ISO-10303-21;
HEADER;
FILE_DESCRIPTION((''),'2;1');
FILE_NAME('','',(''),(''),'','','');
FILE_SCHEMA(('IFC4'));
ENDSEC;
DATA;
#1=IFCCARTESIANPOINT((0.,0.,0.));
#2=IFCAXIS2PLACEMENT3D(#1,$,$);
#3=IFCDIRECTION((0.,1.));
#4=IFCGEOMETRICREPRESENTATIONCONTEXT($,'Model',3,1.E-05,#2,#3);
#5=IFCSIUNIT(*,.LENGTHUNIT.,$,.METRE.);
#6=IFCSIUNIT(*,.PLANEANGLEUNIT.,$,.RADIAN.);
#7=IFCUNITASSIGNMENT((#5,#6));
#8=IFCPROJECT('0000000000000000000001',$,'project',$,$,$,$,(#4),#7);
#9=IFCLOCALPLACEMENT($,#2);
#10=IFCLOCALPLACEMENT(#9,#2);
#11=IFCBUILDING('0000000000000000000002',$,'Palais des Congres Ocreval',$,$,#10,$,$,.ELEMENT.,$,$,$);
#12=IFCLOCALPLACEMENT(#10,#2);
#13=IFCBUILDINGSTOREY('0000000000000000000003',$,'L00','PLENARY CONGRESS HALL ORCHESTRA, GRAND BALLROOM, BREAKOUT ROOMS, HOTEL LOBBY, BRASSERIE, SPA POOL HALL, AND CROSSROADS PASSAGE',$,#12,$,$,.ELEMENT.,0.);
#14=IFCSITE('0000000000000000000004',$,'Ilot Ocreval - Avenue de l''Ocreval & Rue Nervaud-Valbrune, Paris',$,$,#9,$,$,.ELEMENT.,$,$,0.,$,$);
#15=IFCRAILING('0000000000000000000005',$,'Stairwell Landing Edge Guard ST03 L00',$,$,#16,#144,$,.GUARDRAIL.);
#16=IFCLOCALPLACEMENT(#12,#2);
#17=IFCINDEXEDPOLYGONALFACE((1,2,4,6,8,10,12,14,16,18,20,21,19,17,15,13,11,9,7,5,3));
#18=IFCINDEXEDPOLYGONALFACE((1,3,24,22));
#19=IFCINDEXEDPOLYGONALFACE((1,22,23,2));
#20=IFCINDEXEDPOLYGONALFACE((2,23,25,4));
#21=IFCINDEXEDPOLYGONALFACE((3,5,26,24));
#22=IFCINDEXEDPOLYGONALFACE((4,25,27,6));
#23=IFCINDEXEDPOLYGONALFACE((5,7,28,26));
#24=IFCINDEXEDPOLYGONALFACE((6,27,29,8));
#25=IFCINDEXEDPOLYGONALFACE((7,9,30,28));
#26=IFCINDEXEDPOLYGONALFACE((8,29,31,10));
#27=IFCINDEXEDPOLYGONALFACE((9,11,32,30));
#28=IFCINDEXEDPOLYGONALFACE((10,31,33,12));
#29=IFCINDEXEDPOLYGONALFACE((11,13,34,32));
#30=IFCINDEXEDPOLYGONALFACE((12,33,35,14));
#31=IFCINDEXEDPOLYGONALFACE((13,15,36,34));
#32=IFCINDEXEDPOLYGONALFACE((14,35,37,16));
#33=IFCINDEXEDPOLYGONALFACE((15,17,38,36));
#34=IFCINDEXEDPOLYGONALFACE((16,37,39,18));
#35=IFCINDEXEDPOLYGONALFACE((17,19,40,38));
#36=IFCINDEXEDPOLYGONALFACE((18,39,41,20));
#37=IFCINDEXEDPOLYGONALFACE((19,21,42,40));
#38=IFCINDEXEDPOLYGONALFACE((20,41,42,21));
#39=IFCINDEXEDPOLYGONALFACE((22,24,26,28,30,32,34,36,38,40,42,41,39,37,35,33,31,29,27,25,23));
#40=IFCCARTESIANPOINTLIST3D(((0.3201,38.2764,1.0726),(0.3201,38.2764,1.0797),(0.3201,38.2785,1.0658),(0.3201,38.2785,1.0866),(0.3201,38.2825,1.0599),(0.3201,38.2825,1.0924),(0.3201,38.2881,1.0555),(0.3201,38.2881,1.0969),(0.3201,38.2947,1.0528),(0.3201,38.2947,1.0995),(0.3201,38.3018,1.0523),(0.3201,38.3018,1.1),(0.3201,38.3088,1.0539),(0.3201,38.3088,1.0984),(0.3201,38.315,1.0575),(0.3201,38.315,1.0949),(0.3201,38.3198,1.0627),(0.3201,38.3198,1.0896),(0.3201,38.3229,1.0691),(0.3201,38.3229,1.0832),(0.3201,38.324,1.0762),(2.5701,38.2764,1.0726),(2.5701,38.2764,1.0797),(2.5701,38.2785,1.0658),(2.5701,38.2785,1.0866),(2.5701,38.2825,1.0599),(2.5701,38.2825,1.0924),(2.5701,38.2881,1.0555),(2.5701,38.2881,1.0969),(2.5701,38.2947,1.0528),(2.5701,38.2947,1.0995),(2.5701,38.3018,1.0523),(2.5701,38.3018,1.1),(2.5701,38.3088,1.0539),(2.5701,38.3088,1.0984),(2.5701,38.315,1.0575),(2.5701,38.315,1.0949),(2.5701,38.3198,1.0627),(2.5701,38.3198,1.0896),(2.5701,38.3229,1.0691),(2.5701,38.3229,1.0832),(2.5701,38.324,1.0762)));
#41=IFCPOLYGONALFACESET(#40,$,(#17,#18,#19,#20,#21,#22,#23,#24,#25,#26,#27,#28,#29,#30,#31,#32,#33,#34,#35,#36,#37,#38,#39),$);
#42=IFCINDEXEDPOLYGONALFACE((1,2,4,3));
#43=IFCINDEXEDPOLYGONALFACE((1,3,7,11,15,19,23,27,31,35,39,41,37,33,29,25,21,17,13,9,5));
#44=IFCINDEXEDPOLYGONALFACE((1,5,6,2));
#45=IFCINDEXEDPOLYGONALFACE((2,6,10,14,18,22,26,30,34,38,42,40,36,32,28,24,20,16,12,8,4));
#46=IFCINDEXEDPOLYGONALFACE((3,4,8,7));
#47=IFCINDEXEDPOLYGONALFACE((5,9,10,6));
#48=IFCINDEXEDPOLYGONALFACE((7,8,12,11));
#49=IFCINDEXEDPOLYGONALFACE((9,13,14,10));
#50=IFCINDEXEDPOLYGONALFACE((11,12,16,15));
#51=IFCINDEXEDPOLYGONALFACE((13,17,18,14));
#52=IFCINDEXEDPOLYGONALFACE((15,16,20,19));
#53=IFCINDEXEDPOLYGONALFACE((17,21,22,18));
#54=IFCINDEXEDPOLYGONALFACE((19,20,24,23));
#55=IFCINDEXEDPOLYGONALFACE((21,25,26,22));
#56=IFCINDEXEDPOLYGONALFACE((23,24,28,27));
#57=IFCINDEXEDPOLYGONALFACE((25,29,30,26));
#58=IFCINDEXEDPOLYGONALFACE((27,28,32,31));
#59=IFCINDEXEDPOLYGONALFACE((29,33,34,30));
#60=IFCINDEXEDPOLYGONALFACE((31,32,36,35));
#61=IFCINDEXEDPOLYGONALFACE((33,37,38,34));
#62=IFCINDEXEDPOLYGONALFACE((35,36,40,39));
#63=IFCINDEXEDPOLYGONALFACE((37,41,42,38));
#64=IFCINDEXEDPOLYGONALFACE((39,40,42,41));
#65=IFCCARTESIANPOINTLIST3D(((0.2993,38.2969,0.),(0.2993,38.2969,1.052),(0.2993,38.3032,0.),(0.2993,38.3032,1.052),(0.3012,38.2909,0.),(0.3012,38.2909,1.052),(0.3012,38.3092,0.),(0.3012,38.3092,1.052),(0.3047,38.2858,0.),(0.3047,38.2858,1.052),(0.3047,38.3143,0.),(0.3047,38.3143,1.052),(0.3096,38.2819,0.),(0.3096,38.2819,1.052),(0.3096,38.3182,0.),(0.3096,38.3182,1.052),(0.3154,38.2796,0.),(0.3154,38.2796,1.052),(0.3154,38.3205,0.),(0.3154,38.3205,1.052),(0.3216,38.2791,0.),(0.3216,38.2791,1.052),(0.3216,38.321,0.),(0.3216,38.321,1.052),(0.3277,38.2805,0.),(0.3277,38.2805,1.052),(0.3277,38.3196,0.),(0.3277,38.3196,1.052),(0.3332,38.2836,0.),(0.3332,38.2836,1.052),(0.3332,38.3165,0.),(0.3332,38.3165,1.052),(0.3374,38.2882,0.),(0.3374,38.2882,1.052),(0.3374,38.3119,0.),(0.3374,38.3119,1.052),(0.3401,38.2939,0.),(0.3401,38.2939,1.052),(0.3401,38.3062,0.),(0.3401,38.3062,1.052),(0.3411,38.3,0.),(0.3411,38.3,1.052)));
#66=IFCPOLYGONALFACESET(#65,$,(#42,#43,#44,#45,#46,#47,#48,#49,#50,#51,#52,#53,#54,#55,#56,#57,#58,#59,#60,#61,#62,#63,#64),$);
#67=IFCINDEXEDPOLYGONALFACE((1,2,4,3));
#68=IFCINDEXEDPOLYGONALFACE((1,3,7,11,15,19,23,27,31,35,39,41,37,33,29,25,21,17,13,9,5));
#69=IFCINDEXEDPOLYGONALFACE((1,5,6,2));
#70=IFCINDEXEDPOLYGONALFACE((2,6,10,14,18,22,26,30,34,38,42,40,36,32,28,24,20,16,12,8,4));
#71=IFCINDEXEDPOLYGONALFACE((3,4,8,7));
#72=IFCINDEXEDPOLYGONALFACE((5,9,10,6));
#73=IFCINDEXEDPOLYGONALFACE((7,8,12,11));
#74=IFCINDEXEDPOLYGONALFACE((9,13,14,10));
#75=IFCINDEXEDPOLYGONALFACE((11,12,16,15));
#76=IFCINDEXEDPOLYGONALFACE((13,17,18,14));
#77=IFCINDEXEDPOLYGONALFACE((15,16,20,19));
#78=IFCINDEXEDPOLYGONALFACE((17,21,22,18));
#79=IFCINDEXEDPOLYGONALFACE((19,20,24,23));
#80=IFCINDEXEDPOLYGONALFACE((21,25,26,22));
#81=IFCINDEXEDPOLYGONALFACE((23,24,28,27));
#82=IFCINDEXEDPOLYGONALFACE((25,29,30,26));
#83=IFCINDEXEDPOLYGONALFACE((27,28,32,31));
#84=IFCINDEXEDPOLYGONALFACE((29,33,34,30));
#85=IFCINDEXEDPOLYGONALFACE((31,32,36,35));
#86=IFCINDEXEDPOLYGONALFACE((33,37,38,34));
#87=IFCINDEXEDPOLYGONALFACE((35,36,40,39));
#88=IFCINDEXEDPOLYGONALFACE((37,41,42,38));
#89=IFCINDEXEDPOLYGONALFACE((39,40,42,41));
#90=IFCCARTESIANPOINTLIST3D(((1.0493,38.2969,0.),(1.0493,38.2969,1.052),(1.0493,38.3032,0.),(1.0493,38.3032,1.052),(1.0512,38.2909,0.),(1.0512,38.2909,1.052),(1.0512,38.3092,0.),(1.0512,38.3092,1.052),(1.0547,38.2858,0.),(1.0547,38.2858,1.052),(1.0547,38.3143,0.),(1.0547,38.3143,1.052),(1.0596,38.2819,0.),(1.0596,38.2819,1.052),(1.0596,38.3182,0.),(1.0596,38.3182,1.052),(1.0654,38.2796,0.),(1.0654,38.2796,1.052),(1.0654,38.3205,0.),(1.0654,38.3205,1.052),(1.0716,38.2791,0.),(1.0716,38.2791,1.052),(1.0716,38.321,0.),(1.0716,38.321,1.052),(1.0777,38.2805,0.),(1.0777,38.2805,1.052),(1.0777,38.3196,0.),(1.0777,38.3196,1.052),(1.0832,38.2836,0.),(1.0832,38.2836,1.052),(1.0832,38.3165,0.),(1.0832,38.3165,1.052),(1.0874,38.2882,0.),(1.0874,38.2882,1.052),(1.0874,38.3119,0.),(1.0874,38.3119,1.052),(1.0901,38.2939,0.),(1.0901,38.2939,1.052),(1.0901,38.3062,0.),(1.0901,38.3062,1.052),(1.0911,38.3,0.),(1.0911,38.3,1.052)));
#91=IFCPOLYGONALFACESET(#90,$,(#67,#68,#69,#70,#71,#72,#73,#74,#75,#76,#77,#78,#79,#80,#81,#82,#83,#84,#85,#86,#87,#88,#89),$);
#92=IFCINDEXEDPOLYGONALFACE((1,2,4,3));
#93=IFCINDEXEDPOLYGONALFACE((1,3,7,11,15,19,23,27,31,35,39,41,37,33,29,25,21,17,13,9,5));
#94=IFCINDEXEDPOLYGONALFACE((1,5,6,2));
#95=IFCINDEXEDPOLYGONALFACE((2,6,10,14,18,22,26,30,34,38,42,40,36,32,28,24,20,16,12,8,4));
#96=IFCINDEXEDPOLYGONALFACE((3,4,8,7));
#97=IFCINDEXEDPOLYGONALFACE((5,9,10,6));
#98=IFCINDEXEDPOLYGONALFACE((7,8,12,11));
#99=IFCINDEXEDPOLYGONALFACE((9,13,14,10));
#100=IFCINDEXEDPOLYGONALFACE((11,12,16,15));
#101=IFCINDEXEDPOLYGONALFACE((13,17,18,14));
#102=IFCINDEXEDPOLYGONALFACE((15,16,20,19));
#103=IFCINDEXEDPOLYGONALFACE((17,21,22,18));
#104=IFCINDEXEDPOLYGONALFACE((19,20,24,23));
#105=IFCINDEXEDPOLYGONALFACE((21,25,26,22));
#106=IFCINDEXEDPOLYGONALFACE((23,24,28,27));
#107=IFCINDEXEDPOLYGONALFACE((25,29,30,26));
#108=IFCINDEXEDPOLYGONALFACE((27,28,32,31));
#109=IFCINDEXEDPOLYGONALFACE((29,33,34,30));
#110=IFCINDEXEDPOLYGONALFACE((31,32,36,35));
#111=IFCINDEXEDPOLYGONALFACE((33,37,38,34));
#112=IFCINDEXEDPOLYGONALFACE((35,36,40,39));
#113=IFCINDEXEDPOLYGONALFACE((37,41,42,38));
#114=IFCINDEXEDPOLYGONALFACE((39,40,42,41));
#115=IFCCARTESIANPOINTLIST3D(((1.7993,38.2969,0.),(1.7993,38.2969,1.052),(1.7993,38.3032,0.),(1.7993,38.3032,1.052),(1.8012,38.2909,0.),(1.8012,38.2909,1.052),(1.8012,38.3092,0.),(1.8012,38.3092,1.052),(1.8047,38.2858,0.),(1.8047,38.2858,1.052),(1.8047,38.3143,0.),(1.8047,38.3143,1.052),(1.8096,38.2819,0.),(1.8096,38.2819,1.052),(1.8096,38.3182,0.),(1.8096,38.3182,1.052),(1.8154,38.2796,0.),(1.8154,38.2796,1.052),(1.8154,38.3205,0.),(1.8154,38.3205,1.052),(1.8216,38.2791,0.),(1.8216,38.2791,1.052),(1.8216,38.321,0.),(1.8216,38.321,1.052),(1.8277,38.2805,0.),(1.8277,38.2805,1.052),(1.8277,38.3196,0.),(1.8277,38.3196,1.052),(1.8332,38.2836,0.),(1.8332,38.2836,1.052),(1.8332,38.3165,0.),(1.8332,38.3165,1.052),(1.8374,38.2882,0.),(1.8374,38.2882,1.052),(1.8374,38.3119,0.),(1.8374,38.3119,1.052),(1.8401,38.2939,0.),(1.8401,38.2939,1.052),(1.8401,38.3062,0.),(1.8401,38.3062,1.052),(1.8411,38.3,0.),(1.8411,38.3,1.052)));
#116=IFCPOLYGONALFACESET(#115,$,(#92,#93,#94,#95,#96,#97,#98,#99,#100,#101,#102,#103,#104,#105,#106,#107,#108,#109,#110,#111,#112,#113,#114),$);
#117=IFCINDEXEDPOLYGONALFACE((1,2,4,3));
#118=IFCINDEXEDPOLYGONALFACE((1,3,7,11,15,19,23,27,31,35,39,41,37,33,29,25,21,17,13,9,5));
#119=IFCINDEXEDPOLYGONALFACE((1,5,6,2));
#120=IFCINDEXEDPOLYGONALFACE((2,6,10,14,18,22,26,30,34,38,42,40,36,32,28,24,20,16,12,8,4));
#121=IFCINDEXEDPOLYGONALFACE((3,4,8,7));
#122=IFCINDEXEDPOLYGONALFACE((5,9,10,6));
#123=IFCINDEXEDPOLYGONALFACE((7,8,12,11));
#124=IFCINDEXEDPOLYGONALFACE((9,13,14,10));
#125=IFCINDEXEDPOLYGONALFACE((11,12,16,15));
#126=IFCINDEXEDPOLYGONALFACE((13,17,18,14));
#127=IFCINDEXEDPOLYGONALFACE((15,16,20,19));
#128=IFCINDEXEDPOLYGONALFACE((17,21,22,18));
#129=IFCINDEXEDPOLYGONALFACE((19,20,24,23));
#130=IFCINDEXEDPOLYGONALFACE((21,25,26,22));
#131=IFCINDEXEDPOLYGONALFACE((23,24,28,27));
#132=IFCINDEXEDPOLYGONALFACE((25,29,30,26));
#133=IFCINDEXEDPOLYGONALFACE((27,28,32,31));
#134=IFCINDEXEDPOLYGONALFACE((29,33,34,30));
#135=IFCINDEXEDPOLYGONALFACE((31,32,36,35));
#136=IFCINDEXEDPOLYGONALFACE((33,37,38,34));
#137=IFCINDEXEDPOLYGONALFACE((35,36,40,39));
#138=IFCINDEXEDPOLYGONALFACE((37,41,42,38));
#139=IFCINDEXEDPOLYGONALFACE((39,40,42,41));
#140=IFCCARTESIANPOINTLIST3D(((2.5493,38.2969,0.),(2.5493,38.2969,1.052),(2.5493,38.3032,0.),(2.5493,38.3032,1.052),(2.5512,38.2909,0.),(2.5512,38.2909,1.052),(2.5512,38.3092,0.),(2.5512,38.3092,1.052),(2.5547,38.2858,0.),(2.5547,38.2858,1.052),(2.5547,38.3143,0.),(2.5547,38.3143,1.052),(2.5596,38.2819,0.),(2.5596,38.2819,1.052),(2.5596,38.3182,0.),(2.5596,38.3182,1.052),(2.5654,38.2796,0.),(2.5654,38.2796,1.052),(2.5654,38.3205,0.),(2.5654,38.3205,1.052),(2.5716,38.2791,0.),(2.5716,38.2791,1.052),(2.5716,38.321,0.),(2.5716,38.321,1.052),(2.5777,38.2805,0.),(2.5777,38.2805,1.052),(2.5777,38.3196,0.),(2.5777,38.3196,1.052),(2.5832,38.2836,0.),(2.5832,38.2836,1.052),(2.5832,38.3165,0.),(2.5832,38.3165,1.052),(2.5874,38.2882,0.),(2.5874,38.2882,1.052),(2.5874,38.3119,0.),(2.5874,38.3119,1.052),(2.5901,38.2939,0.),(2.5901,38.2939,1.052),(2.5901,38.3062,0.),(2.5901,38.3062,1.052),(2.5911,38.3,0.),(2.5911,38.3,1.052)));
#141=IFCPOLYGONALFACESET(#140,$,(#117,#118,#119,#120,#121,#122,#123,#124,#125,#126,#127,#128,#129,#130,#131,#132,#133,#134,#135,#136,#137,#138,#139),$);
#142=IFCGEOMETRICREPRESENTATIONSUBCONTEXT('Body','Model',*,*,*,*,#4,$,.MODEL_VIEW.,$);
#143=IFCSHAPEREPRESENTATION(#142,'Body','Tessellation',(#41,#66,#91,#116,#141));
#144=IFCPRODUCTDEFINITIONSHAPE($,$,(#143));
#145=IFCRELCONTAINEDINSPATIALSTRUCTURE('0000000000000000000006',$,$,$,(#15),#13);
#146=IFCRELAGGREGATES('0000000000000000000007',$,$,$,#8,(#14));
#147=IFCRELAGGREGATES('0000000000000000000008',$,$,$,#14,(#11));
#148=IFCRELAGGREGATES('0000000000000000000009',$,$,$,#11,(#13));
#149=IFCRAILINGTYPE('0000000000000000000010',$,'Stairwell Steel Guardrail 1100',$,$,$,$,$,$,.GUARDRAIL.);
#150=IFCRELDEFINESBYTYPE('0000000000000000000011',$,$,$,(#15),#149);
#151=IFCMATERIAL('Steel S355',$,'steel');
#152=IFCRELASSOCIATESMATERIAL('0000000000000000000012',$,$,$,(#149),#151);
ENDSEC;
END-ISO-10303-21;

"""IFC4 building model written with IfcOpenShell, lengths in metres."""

from ifc_helpers import new_model, si_unit, direction, frame, origin, origin_2d, place, context, subcontext, project, spatial, circle, extrude, material, type_object, element, save


model = new_model("IFC4")

# Units and contexts
model_context = context("Model", 3, precision=1e-05, world=origin(), true_north=direction((0.0, 1.0)))
body_context = subcontext(model_context, "Body", "Model", "MODEL_VIEW")
ifc_project = project(units=[si_unit("LENGTHUNIT", "METRE"), si_unit("PLANEANGLEUNIT", "RADIAN")], contexts=[model_context])

# Site, building, storey
site_placement = place(None, origin())
site = spatial("IfcSite", under=ifc_project, at=site_placement, Name="Ilot Ocreval - Avenue de l'Ocreval & Rue Nervaud-Valbrune, Paris", CompositionType="ELEMENT", RefElevation=0.0)
building_placement = place(site_placement, origin())
building = spatial("IfcBuilding", under=site, at=building_placement, Name="Palais des Congres Ocreval", CompositionType="ELEMENT")
storey_placement = place(building_placement, origin())
storey = spatial("IfcBuildingStorey", under=building, at=storey_placement, Name="L00", Description="PLENARY CONGRESS HALL ORCHESTRA, GRAND BALLROOM, BREAKOUT ROOMS, HOTEL LOBBY, BRASSERIE, SPA POOL HALL, AND CROSSROADS PASSAGE", CompositionType="ELEMENT", Elevation=0.0)

# Shared definitions
ifc_material_1 = material(Name="Steel S355", Category="steel")

# Railing
railing_type = type_object("IfcRailingType", Name="Stairwell Steel Guardrail 1100", PredefinedType="GUARDRAIL", material=ifc_material_1)
railing_placement = place(storey_placement, frame((0.3201, 38.3, 0.0)))
element("IfcRailing", 1, at=railing_placement, inside=storey, type_object=railing_type, Name="Stairwell Landing Edge Guard ST03 L00", PredefinedType="GUARDRAIL", context=body_context, shape_type="SweptSolid", body=[
    extrude(circle(Radius=0.0239, at=origin_2d()), frame((0.0, 0.0, 1.0762), z_axis=(1.0, 0.0, 0.0), x_axis=(0.0, 1.0, 0.0)), (0.0, 0.0, 1.0), 2.25),
    extrude(circle(Radius=0.021, at=origin_2d()), origin(), (0.0, 0.0, 1.0), 1.052),
    extrude(circle(Radius=0.021, at=origin_2d()), frame((0.75, 0.0, 0.0)), (0.0, 0.0, 1.0), 1.052),
    extrude(circle(Radius=0.021, at=origin_2d()), frame((1.5, 0.0, 0.0)), (0.0, 0.0, 1.0), 1.052),
    extrude(circle(Radius=0.021, at=origin_2d()), frame((2.25, 0.0, 0.0)), (0.0, 0.0, 1.0), 1.052),
])

save(model, "model.ifc")
